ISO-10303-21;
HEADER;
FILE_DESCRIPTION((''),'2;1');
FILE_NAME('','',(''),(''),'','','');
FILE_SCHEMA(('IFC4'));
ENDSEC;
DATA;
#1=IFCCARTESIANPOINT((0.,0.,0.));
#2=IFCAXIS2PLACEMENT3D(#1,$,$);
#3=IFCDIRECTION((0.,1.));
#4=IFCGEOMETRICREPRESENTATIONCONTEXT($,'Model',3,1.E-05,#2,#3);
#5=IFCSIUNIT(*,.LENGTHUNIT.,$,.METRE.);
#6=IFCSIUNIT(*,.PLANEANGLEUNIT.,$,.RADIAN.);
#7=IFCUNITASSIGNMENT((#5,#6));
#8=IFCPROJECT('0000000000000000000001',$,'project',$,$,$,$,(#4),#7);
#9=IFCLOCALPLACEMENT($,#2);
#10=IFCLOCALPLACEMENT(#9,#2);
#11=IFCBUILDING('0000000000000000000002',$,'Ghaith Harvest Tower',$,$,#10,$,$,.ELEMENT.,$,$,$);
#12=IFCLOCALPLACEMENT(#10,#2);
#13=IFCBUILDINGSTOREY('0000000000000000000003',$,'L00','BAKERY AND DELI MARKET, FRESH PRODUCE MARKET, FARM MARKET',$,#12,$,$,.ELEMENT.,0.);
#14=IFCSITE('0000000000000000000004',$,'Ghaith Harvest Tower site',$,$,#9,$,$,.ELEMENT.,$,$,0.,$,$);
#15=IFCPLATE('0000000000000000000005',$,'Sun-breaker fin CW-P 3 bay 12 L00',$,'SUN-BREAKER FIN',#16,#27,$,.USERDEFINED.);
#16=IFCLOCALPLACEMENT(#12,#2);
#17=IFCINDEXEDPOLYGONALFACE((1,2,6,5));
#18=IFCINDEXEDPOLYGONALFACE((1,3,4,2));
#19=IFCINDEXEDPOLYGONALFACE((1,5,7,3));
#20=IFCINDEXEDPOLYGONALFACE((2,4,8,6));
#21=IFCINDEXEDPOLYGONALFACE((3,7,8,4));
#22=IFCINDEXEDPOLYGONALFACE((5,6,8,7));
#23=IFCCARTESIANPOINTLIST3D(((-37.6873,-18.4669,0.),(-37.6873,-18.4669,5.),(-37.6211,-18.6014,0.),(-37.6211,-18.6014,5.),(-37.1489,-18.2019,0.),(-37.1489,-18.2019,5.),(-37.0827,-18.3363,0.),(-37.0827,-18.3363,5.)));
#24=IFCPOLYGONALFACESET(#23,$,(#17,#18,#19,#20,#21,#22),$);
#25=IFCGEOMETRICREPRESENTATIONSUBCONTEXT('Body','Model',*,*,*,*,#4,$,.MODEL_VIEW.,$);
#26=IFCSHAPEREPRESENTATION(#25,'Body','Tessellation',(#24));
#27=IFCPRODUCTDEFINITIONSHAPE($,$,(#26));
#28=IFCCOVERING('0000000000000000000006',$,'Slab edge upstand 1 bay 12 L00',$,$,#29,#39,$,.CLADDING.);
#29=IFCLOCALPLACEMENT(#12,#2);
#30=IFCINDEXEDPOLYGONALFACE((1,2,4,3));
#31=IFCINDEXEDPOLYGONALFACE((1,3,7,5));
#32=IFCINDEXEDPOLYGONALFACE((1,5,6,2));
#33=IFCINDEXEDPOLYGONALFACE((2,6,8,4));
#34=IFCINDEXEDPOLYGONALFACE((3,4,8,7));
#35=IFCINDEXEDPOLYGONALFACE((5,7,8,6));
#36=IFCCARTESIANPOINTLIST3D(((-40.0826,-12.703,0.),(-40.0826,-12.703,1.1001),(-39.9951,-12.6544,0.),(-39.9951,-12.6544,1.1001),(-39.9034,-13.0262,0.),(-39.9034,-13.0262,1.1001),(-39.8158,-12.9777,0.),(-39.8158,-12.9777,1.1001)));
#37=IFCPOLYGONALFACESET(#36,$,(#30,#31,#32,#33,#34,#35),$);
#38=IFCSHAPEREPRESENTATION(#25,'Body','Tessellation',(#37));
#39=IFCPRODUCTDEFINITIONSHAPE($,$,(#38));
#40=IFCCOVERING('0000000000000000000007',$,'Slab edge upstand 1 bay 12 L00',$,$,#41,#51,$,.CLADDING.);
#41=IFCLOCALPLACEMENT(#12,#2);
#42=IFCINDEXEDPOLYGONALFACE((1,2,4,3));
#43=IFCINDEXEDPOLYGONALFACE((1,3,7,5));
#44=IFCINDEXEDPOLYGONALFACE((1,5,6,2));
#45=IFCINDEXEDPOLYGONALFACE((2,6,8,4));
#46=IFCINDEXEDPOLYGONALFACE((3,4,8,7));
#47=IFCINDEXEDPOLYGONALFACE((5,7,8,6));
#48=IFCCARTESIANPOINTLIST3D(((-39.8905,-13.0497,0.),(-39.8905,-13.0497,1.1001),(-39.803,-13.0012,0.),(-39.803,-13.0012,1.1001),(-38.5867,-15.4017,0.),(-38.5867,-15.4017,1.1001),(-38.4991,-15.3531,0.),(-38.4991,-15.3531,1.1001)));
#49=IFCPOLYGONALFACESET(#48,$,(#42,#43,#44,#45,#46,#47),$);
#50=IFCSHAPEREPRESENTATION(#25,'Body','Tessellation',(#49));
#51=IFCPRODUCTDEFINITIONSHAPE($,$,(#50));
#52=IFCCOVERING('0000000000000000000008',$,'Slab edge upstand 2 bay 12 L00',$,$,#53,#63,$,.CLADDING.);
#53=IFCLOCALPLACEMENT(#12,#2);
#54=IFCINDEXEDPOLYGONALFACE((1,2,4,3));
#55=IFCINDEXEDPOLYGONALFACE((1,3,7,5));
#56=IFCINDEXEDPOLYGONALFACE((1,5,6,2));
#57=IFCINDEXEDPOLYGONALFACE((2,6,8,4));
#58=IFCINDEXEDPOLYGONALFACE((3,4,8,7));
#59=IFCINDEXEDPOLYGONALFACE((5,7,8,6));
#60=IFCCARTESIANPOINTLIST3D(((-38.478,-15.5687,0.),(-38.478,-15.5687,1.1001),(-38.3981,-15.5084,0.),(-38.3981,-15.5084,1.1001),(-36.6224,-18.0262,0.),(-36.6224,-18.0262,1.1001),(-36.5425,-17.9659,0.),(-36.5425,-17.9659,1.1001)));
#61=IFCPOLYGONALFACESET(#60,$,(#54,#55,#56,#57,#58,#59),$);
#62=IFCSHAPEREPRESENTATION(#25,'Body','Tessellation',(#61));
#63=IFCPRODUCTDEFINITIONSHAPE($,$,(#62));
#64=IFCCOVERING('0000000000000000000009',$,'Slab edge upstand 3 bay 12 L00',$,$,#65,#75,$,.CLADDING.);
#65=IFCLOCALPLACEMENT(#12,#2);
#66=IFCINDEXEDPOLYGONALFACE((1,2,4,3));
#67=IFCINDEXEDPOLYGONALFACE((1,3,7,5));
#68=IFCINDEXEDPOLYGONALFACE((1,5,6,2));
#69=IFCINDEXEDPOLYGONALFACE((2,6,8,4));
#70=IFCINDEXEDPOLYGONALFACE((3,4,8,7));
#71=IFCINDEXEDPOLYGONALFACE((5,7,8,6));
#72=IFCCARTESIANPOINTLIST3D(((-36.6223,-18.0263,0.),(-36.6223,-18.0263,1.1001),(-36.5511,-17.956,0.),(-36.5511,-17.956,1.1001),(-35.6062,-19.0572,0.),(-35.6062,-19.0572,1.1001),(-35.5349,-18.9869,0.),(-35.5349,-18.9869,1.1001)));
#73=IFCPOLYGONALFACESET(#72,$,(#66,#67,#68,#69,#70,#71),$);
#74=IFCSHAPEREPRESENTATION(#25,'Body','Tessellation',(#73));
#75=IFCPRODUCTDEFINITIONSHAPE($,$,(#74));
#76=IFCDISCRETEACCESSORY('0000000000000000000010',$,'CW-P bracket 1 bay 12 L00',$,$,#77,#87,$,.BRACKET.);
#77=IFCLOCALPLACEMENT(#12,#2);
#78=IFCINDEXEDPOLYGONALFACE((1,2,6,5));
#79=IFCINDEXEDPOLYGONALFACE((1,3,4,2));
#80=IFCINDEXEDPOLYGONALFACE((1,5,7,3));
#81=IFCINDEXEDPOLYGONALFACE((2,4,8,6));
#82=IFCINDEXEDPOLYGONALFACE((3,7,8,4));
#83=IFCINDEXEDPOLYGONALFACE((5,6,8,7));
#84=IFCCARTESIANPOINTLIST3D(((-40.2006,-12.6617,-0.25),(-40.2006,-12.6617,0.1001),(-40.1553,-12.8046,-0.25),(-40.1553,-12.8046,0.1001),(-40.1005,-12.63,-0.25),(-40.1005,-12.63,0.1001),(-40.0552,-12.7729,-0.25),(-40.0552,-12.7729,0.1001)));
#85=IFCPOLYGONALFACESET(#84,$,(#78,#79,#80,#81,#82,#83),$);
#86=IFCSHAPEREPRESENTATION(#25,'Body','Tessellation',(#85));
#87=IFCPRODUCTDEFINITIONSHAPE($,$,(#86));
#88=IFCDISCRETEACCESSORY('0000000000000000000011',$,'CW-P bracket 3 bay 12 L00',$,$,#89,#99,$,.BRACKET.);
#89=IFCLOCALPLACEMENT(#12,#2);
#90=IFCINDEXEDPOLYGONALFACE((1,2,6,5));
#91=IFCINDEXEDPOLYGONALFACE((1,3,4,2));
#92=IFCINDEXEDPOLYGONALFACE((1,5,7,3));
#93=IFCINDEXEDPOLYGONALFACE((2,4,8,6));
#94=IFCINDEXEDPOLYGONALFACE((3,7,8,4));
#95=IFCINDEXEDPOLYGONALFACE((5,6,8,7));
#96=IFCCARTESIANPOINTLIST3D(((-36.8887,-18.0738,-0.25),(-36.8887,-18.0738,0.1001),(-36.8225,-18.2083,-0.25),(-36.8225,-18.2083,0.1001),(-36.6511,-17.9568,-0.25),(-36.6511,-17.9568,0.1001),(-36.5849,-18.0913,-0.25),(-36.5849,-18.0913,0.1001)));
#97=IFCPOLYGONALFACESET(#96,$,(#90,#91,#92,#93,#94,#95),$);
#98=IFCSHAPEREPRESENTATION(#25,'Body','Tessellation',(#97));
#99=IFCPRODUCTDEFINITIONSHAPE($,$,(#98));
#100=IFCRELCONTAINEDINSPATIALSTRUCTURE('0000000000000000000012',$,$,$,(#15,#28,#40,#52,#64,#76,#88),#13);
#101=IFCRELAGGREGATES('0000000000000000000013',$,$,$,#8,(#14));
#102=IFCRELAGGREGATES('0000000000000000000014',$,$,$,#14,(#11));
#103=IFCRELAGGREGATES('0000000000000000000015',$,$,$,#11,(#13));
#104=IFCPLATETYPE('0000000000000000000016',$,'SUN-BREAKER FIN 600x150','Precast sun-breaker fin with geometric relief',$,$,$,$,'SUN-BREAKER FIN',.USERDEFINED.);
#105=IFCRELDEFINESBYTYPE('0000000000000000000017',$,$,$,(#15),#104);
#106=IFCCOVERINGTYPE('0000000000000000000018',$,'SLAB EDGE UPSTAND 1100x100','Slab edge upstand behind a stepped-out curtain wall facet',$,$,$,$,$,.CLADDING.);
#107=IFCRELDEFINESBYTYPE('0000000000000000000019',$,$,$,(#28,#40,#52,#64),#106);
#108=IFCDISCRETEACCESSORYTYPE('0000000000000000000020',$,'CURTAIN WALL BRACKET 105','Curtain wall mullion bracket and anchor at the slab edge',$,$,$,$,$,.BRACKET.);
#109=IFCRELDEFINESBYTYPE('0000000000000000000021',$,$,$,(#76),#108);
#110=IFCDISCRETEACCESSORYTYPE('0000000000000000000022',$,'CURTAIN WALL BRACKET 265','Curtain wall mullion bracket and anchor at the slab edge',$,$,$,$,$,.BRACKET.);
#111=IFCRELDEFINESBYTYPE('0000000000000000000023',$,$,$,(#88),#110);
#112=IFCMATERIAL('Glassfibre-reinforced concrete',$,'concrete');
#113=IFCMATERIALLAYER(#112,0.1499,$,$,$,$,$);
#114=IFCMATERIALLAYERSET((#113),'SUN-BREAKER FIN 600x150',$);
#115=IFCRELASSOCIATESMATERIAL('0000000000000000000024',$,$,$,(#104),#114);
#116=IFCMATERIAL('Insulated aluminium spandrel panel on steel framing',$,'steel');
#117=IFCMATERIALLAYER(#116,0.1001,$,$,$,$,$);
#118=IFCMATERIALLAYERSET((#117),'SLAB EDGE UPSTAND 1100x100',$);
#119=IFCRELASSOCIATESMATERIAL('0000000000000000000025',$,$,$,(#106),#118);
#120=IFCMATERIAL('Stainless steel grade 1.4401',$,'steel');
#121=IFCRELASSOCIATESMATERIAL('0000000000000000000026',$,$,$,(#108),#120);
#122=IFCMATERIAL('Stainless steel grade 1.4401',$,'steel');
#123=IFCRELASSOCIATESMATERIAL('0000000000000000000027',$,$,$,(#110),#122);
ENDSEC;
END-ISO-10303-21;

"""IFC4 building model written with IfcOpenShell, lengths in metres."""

from ifc_helpers import new_model, si_unit, direction, frame, origin, origin_2d, place, context, subcontext, project, spatial, rectangle, extrude, material, layer, layer_set, type_object, element, save


model = new_model("IFC4")

# Units and contexts
model_context = context("Model", 3, precision=1e-05, world=origin(), true_north=direction((0.0, 1.0)))
body_context = subcontext(model_context, "Body", "Model", "MODEL_VIEW")
ifc_project = project(units=[si_unit("LENGTHUNIT", "METRE"), si_unit("PLANEANGLEUNIT", "RADIAN")], contexts=[model_context])

# Site, building, storey
site_placement = place(None, origin())
site = spatial("IfcSite", under=ifc_project, at=site_placement, Name="Ghaith Harvest Tower site", CompositionType="ELEMENT", RefElevation=0.0)
building_placement = place(site_placement, origin())
building = spatial("IfcBuilding", under=site, at=building_placement, Name="Ghaith Harvest Tower", CompositionType="ELEMENT")
storey_placement = place(building_placement, origin())
storey = spatial("IfcBuildingStorey", under=building, at=storey_placement, Name="L00", Description="BAKERY AND DELI MARKET, FRESH PRODUCE MARKET, FARM MARKET", CompositionType="ELEMENT", Elevation=0.0)

# Plate
ifc_material_1 = material(Name="Glassfibre-reinforced concrete", Category="concrete")
ifc_layer_1 = layer(ifc_material_1, 0.1499)
ifc_layer_set_1 = layer_set([ifc_layer_1], Name="SUN-BREAKER FIN 600x150")
plate_type_1 = type_object("IfcPlateType", Name="SUN-BREAKER FIN 600x150", Description="Precast sun-breaker fin with geometric relief", ElementType="SUN-BREAKER FIN", PredefinedType="USERDEFINED", material=ifc_layer_set_1)
for number, where, z_axis, x_axis, name in (
    (1, (-37.385, -18.4016, 0.0), (0.0, 0.0, 1.0), (-0.897201, -0.441622, 0.0), "Sun-breaker fin CW-P 3 bay 12 L00"),
):
    element("IfcPlate", number, at=place(storey_placement, frame(where, z_axis=z_axis, x_axis=x_axis)), inside=storey, type_object=plate_type_1, Name=name, ObjectType="SUN-BREAKER FIN", PredefinedType="USERDEFINED", context=body_context, shape_type="SweptSolid", body=[
        extrude(rectangle(XDim=0.6001, YDim=0.1499, at=origin_2d()), origin(), (0.0, 0.0, 1.0), 5.0),
    ])

# Coverings
ifc_material_2 = material(Name="Insulated aluminium spandrel panel on steel framing", Category="steel")
ifc_layer_2 = layer(ifc_material_2, 0.1001)
ifc_layer_set_2 = layer_set([ifc_layer_2], Name="SLAB EDGE UPSTAND 1100x100")
covering_type = type_object("IfcCoveringType", Name="SLAB EDGE UPSTAND 1100x100", Description="Slab edge upstand behind a stepped-out curtain wall facet", PredefinedType="CLADDING", material=ifc_layer_set_2)
covering_1_placement = place(storey_placement, frame((-39.9492, -12.8403, 0.0), z_axis=(0.0, 0.0, 1.0), x_axis=(0.484856, -0.874594, 0.0)))
element("IfcCovering", 2, at=covering_1_placement, inside=storey, type_object=covering_type, Name="Slab edge upstand 1 bay 12 L00", PredefinedType="CLADDING", context=body_context, shape_type="SweptSolid", body=[
    extrude(rectangle(XDim=0.3696, YDim=0.1001, at=origin_2d()), origin(), (0.0, 0.0, 1.0), 1.1001),
])
covering_2_placement = place(storey_placement, frame((-39.1948, -14.2014, 0.0), z_axis=(0.0, 0.0, 1.0), x_axis=(0.484856, -0.874594, 0.0)))
element("IfcCovering", 3, at=covering_2_placement, inside=storey, type_object=covering_type, Name="Slab edge upstand 1 bay 12 L00", PredefinedType="CLADDING", context=body_context, shape_type="SweptSolid", body=[
    extrude(rectangle(XDim=2.6892, YDim=0.1001, at=origin_2d()), origin(), (0.0, 0.0, 1.0), 1.1001),
])
covering_3_placement = place(storey_placement, frame((-37.5103, -16.7673, 0.0), z_axis=(0.0, 0.0, 1.0), x_axis=(0.602577, -0.798061, 0.0)))
element("IfcCovering", 4, at=covering_3_placement, inside=storey, type_object=covering_type, Name="Slab edge upstand 2 bay 12 L00", PredefinedType="CLADDING", context=body_context, shape_type="SweptSolid", body=[
    extrude(rectangle(XDim=3.0793, YDim=0.1001, at=origin_2d()), origin(), (0.0, 0.0, 1.0), 1.1001),
])
covering_4_placement = place(storey_placement, frame((-36.0786, -18.5066, 0.0), z_axis=(0.0, 0.0, 1.0), x_axis=(0.702024, -0.712153, 0.0)))
element("IfcCovering", 5, at=covering_4_placement, inside=storey, type_object=covering_type, Name="Slab edge upstand 3 bay 12 L00", PredefinedType="CLADDING", context=body_context, shape_type="SweptSolid", body=[
    extrude(rectangle(XDim=1.4475, YDim=0.1001, at=origin_2d()), origin(), (0.0, 0.0, 1.0), 1.1001),
])

# Discrete accessories
ifc_material_3 = material(Name="Stainless steel grade 1.4401", Category="steel")
discrete_accessory_type_1 = type_object("IfcDiscreteAccessoryType", Name="CURTAIN WALL BRACKET 105", Description="Curtain wall mullion bracket and anchor at the slab edge", PredefinedType="BRACKET", material=ifc_material_3)
discrete_accessory_1_placement = place(storey_placement, frame((-40.1279, -12.7173, -0.25), z_axis=(0.0, 0.0, 1.0), x_axis=(-0.953273, -0.30211, 0.0)))
element("IfcDiscreteAccessory", 6, at=discrete_accessory_1_placement, inside=storey, type_object=discrete_accessory_type_1, Name="CW-P bracket 1 bay 12 L00", PredefinedType="BRACKET", context=body_context, shape_type="SweptSolid", body=[
    extrude(rectangle(XDim=0.105, YDim=0.1499, at=origin_2d()), origin(), (0.0, 0.0, 1.0), 0.3501),
])
ifc_material_4 = material(Name="Stainless steel grade 1.4401", Category="steel")
discrete_accessory_type_2 = type_object("IfcDiscreteAccessoryType", Name="CURTAIN WALL BRACKET 265", Description="Curtain wall mullion bracket and anchor at the slab edge", PredefinedType="BRACKET", material=ifc_material_4)
discrete_accessory_2_placement = place(storey_placement, frame((-36.7368, -18.0825, -0.25), z_axis=(0.0, 0.0, 1.0), x_axis=(-0.897201, -0.441622, 0.0)))
element("IfcDiscreteAccessory", 7, at=discrete_accessory_2_placement, inside=storey, type_object=discrete_accessory_type_2, Name="CW-P bracket 3 bay 12 L00", PredefinedType="BRACKET", context=body_context, shape_type="SweptSolid", body=[
    extrude(rectangle(XDim=0.2649, YDim=0.1499, at=origin_2d()), origin(), (0.0, 0.0, 1.0), 0.3501),
])

save(model, "model.ifc")
